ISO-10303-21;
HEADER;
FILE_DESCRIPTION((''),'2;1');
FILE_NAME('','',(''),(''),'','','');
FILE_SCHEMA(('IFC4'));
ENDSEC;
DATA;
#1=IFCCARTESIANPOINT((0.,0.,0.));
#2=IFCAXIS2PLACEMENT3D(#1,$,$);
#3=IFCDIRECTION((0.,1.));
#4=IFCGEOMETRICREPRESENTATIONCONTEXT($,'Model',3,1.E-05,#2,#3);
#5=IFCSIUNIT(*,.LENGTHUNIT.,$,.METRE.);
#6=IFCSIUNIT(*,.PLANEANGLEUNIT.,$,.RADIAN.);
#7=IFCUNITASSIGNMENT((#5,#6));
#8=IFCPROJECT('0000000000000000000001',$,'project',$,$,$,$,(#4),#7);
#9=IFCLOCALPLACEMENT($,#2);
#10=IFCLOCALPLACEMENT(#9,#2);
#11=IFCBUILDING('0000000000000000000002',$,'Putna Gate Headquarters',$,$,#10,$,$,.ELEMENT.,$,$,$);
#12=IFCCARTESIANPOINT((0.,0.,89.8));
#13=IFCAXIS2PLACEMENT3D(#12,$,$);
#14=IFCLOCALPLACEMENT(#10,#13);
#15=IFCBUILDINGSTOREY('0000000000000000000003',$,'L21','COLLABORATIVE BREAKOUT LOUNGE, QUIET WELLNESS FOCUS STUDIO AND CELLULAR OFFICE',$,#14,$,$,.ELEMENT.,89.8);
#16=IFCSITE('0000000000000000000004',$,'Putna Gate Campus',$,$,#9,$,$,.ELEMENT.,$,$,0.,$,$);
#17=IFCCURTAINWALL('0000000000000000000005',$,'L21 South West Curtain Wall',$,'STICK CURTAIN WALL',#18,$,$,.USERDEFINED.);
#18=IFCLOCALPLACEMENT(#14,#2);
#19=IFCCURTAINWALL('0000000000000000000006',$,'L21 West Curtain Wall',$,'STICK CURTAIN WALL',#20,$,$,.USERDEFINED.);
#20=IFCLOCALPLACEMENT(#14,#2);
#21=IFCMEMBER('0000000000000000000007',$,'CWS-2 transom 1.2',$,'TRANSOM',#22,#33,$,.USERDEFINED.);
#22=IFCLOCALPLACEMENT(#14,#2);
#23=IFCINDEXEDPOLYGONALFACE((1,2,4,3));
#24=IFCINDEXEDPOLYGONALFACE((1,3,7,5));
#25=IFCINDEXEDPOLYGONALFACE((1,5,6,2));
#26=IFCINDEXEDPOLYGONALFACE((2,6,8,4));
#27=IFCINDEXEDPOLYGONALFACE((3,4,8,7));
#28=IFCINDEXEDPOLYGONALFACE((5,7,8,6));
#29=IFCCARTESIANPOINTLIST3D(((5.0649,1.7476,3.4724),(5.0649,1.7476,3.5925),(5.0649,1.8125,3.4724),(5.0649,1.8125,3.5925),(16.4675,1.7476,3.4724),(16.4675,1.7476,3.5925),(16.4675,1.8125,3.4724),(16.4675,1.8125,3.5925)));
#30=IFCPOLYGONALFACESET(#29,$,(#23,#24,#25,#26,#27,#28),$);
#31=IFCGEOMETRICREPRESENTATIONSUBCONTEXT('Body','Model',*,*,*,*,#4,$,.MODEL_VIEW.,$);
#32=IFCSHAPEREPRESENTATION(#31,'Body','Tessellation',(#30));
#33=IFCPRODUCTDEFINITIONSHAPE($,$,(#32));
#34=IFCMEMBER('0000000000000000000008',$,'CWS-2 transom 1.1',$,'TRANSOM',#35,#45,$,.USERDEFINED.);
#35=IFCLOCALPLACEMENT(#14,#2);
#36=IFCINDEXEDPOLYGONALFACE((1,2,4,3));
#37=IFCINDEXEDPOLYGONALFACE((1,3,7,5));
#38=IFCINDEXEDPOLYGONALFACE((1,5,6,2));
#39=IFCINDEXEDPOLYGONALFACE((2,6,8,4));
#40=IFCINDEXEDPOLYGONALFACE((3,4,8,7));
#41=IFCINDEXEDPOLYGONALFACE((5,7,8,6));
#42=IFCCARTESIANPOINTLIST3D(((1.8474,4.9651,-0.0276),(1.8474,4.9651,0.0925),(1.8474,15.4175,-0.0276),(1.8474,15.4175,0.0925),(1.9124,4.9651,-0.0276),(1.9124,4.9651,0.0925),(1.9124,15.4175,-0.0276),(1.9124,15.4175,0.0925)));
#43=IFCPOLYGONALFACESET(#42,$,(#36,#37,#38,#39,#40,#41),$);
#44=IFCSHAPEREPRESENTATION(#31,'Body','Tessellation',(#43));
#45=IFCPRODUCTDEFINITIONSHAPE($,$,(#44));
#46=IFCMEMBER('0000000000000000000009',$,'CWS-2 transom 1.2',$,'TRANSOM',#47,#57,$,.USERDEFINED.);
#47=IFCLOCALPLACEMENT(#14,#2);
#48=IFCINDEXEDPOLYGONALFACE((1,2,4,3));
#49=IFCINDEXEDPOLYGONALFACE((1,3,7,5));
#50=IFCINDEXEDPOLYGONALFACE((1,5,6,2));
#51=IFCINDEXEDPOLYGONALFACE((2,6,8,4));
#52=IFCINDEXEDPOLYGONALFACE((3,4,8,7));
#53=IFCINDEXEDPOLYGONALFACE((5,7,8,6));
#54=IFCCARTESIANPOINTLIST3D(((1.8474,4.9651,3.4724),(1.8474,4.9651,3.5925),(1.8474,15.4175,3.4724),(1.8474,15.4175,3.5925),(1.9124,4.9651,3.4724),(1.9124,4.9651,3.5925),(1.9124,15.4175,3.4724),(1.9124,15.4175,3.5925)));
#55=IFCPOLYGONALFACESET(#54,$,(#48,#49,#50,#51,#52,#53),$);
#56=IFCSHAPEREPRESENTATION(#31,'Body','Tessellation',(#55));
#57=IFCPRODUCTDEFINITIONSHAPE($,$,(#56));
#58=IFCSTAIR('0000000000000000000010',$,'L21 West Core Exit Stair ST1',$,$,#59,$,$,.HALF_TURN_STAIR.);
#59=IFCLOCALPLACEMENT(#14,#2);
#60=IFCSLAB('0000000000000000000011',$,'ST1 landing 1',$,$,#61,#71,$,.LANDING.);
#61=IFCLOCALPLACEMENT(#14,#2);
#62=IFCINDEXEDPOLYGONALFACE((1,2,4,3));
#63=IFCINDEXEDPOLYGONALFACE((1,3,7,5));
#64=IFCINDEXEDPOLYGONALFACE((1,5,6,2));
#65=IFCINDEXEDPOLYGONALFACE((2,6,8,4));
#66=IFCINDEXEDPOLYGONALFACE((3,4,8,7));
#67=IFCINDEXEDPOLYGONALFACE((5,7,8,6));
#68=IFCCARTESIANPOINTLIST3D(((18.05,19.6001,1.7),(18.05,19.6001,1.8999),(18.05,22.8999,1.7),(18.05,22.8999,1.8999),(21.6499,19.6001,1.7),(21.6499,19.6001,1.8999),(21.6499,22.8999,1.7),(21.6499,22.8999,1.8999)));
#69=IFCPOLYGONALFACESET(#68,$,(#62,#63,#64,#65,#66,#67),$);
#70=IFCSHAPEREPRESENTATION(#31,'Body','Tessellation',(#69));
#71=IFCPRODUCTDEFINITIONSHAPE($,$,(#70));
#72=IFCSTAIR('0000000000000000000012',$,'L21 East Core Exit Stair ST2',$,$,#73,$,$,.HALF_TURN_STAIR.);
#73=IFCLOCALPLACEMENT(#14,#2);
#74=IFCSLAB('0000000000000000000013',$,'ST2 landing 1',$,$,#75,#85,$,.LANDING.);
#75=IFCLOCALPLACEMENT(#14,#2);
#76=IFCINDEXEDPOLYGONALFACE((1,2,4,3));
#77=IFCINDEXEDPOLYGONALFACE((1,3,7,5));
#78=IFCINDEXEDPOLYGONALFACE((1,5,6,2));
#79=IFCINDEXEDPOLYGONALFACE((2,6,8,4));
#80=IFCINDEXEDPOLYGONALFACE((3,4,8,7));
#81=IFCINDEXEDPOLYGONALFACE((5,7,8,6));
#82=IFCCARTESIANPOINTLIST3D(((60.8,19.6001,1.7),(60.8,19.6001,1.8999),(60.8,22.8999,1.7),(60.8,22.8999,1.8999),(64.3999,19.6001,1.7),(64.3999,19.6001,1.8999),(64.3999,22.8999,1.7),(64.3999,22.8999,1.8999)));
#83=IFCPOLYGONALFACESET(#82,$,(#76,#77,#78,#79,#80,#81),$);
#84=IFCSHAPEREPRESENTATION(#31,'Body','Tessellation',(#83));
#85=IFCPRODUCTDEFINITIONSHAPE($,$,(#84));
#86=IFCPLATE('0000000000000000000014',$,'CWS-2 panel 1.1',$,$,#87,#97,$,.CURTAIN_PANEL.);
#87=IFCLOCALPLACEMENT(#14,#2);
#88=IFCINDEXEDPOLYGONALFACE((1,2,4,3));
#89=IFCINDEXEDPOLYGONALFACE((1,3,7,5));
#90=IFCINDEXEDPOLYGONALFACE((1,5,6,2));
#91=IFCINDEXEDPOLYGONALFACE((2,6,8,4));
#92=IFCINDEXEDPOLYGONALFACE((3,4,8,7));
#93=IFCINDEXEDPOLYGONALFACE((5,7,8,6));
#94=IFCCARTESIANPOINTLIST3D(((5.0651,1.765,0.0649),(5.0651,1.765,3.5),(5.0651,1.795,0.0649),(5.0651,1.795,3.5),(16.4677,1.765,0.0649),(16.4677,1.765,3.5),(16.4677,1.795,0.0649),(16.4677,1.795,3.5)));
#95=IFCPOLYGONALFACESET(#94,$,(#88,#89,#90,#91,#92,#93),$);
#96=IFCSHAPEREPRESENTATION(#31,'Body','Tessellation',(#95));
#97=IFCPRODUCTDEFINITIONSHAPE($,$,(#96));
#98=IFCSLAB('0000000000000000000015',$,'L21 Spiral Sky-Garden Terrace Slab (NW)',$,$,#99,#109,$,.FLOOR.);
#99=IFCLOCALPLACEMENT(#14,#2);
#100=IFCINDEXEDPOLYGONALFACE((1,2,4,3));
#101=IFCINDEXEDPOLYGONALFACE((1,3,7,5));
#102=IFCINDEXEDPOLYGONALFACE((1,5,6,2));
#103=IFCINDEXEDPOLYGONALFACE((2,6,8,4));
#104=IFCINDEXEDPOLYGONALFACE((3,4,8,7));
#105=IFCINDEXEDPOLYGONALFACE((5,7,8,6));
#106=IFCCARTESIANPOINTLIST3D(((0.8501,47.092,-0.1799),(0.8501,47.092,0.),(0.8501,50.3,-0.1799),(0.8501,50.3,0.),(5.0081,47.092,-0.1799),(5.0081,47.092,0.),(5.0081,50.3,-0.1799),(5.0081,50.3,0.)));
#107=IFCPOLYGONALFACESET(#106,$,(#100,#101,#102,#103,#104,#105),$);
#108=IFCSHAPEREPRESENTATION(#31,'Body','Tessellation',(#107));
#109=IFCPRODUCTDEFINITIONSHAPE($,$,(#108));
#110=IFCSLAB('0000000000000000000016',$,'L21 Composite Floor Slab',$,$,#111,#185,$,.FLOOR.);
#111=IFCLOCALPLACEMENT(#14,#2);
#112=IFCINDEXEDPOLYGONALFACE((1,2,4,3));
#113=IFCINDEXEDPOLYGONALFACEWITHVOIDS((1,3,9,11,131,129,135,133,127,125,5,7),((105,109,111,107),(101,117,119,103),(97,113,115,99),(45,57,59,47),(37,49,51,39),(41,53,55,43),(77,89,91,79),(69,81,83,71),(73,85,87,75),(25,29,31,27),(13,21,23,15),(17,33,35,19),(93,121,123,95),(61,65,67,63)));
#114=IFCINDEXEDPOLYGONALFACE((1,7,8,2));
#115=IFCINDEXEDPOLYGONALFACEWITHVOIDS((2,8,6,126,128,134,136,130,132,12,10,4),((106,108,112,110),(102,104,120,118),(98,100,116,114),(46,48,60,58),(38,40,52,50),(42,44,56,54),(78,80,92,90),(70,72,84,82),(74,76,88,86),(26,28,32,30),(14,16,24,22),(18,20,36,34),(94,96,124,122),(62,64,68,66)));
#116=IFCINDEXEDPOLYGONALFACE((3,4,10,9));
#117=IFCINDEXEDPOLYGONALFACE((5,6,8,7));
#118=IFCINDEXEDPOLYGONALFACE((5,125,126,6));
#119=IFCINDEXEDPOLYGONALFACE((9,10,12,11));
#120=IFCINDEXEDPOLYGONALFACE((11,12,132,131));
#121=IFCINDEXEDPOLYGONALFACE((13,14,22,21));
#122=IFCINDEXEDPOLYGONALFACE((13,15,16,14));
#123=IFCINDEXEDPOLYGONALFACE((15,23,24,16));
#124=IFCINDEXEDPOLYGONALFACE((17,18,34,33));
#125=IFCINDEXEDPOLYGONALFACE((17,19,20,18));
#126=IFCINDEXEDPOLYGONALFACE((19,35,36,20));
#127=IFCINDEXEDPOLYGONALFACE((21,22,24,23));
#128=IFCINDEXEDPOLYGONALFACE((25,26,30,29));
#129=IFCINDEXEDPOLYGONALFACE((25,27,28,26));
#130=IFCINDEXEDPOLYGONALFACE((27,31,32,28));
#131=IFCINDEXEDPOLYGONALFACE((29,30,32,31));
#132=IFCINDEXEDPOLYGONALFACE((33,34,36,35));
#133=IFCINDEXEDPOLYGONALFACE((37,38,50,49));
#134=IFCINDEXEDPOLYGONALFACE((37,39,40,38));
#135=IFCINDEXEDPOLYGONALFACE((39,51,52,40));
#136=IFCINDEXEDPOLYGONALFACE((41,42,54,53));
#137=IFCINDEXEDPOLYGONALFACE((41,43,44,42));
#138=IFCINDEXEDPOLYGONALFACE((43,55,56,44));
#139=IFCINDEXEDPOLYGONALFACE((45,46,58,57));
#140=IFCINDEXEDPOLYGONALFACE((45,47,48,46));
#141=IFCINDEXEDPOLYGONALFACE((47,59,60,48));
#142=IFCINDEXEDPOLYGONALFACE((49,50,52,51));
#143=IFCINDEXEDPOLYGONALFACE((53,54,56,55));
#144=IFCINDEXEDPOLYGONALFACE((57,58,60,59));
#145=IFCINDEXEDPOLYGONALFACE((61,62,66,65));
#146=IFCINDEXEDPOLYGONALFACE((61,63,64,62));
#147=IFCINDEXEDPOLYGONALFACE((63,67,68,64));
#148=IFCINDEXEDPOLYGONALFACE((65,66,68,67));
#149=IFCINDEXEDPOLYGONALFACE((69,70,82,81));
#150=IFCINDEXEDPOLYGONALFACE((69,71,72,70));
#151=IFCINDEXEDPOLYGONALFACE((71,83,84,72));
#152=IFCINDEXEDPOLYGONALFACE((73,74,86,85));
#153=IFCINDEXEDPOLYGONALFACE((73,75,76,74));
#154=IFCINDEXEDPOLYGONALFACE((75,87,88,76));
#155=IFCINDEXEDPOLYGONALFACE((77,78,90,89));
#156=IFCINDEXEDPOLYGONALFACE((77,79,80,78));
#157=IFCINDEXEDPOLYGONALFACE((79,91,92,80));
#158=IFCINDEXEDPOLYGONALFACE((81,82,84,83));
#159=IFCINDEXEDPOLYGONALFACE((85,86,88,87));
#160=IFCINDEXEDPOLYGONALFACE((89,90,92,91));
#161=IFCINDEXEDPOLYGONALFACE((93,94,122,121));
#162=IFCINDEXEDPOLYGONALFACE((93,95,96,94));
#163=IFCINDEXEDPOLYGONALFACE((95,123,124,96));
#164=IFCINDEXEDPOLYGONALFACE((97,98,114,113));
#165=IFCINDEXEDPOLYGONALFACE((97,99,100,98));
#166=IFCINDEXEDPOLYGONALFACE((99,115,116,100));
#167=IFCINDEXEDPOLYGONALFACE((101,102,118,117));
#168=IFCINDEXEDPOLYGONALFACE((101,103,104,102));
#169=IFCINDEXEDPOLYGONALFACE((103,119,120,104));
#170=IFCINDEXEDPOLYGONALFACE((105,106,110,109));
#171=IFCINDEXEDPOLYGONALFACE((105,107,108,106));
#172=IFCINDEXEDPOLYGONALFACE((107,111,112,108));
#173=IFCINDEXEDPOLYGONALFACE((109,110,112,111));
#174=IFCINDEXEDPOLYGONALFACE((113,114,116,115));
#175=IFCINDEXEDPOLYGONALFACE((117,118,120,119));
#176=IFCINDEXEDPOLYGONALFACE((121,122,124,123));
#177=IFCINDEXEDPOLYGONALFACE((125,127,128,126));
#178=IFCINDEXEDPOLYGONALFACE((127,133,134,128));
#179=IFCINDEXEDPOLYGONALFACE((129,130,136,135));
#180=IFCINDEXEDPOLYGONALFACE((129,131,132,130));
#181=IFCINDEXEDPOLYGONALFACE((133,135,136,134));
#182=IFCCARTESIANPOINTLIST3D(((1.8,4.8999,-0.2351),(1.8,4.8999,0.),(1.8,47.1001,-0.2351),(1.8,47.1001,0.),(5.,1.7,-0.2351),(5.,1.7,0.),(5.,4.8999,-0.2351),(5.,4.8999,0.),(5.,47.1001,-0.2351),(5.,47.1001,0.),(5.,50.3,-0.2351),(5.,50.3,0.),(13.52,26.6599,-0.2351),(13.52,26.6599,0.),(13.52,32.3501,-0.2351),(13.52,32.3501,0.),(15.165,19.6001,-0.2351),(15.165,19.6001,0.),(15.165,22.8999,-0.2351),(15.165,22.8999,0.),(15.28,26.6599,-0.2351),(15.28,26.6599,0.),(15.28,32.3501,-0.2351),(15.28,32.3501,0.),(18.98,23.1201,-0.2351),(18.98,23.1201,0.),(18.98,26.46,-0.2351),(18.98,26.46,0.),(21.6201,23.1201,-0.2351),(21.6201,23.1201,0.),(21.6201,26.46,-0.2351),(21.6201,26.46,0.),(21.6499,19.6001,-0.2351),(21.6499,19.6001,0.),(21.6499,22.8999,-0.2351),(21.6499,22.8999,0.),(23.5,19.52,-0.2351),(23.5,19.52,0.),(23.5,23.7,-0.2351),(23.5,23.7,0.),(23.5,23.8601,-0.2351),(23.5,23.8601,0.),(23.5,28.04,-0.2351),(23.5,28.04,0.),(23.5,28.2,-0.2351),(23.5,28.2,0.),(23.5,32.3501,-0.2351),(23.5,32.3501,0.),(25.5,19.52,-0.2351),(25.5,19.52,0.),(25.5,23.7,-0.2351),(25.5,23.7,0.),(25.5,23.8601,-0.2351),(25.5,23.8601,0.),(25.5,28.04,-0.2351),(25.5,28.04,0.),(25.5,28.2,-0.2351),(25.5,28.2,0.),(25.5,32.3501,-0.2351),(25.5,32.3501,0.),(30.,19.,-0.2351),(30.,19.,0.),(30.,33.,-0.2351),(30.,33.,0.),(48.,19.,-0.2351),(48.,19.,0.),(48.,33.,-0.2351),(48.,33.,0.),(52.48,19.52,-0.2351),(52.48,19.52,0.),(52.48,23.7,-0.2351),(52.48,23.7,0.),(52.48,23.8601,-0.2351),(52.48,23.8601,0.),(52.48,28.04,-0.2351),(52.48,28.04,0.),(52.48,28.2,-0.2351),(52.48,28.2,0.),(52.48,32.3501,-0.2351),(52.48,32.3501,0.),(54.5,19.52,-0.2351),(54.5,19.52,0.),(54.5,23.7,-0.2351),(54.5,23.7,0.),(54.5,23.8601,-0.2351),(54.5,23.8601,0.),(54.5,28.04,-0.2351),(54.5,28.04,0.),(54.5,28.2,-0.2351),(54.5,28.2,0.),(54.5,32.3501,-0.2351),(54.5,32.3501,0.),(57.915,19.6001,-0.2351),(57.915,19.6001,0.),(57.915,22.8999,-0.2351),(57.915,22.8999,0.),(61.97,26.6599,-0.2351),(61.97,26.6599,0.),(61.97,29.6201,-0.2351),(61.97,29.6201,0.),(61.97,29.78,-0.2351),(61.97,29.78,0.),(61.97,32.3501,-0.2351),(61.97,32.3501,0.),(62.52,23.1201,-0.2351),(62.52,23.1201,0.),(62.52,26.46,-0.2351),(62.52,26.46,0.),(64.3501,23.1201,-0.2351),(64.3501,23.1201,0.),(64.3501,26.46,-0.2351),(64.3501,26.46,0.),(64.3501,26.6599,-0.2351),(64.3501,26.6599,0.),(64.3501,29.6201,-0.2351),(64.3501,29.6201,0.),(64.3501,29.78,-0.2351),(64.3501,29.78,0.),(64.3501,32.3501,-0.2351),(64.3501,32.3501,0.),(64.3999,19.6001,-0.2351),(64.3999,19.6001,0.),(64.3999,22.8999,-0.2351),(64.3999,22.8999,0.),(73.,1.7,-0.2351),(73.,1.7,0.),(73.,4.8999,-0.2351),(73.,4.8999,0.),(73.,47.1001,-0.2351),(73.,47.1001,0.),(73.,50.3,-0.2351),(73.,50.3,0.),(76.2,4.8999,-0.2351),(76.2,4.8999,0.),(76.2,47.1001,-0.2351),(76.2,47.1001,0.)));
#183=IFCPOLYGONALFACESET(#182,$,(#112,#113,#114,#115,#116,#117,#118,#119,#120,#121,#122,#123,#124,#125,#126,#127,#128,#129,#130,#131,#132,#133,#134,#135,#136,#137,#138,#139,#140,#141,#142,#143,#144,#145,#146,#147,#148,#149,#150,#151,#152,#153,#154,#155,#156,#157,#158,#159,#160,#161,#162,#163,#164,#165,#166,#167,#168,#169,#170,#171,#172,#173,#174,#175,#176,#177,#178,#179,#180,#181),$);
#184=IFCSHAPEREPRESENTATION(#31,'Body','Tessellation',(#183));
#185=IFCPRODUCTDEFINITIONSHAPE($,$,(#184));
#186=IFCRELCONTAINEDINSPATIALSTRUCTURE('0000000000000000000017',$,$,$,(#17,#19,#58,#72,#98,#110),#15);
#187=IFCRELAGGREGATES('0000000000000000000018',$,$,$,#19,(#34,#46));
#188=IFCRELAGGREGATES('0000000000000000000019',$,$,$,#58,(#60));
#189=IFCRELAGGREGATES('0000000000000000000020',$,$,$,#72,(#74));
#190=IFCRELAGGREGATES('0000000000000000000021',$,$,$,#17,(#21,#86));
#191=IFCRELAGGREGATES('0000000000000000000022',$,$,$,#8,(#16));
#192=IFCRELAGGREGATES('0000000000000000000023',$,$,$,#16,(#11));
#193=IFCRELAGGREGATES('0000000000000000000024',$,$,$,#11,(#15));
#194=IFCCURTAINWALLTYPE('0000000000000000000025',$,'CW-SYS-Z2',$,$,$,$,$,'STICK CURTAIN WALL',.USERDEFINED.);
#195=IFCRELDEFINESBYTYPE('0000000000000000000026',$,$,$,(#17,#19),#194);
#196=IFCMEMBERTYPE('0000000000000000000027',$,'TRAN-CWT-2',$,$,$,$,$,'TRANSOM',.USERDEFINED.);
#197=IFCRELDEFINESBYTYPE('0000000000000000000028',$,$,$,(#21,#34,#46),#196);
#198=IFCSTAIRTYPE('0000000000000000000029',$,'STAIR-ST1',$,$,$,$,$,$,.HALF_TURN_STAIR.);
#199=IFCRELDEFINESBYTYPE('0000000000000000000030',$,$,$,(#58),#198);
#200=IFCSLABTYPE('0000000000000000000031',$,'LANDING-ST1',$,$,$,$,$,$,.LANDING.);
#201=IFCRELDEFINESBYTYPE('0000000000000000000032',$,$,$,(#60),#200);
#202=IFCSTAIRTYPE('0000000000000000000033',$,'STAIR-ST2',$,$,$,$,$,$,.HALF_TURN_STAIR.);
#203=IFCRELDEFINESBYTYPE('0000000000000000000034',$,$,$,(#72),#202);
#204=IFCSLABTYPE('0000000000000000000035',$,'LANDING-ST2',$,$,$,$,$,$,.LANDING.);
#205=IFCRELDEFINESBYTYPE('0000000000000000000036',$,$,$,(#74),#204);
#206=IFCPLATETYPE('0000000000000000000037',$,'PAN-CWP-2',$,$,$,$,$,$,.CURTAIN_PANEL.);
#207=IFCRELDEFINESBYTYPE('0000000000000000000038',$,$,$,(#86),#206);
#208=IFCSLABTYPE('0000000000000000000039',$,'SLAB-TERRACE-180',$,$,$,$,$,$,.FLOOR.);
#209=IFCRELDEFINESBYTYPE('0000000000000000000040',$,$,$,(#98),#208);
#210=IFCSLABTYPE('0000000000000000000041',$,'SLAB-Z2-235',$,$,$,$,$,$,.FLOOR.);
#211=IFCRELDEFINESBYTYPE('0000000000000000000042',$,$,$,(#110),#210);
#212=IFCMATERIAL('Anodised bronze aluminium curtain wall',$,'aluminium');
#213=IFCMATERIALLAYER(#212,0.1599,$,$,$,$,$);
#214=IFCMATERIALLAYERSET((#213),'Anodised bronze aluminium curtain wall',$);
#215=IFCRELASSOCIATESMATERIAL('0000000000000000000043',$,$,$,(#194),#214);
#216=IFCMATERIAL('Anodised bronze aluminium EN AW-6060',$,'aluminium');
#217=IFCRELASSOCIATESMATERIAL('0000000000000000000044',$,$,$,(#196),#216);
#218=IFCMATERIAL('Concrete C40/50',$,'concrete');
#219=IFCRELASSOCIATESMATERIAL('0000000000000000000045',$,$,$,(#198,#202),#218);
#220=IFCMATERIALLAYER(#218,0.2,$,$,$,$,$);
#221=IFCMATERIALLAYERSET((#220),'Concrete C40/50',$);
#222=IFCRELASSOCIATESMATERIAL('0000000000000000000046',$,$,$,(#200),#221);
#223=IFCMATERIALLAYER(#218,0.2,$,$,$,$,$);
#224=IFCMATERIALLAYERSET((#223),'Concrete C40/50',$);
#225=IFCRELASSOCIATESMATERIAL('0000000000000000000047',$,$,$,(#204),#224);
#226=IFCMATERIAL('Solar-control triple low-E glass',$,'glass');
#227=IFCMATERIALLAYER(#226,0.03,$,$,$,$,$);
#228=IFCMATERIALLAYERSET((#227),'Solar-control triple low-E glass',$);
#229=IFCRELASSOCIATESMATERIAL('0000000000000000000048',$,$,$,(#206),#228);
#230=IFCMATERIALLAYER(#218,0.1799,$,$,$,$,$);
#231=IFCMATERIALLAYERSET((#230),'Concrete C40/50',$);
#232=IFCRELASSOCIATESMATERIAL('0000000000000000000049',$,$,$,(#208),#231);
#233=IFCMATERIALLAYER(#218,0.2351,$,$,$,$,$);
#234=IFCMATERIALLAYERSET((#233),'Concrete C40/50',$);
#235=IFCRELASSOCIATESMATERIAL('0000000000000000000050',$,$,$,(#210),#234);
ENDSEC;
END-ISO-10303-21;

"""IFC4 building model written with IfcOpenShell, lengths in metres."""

from ifc_helpers import new_model, si_unit, direction, frame, origin, origin_2d, place, context, subcontext, project, spatial, polyline, rectangle, outline, extrude, material, layer, layer_set, material_profile, profile_set, type_object, element, aggregate, save


model = new_model("IFC4")

# Units and contexts
model_context = context("Model", 3, precision=1e-05, world=origin(), true_north=direction((0.0, 1.0)))
body_context = subcontext(model_context, "Body", "Model", "MODEL_VIEW")
ifc_project = project(units=[si_unit("LENGTHUNIT", "METRE"), si_unit("PLANEANGLEUNIT", "RADIAN")], contexts=[model_context])

# Site, building, storey
site_placement = place(None, origin())
site = spatial("IfcSite", under=ifc_project, at=site_placement, Name="Putna Gate Campus", CompositionType="ELEMENT", RefElevation=0.0)
building_placement = place(site_placement, origin())
building = spatial("IfcBuilding", under=site, at=building_placement, Name="Putna Gate Headquarters", CompositionType="ELEMENT")
storey_placement = place(building_placement, frame((0.0, 0.0, 89.8)))
storey = spatial("IfcBuildingStorey", under=building, at=storey_placement, Name="L21", Description="COLLABORATIVE BREAKOUT LOUNGE, QUIET WELLNESS FOCUS STUDIO AND CELLULAR OFFICE", CompositionType="ELEMENT", Elevation=89.8)

# Curtain walls
ifc_material_1 = material(Name="Anodised bronze aluminium curtain wall", Category="aluminium")
ifc_layer_1 = layer(ifc_material_1, 0.1599)
ifc_layer_set_1 = layer_set([ifc_layer_1], Name="Anodised bronze aluminium curtain wall")
curtain_wall_type = type_object("IfcCurtainWallType", Name="CW-SYS-Z2", ElementType="STICK CURTAIN WALL", PredefinedType="USERDEFINED", material=ifc_layer_set_1)
curtain_wall_1_placement = place(storey_placement, origin())
curtain_wall_1 = element("IfcCurtainWall", 1, at=curtain_wall_1_placement, inside=storey, type_object=curtain_wall_type, Name="L21 South West Curtain Wall", ObjectType="STICK CURTAIN WALL", PredefinedType="USERDEFINED")
ifc_material_2 = material(Name="Anodised bronze aluminium EN AW-6060", Category="aluminium")
curtain_wall_2_placement = place(storey_placement, origin())
curtain_wall_2 = element("IfcCurtainWall", 2, at=curtain_wall_2_placement, inside=storey, type_object=curtain_wall_type, Name="L21 West Curtain Wall", ObjectType="STICK CURTAIN WALL", PredefinedType="USERDEFINED")

# Members
ifc_material_profile_1 = material_profile(ifc_material_2, rectangle(XDim=0.0649, YDim=0.1201, at=origin_2d()), Name="Anodised bronze aluminium EN AW-6060")
ifc_profile_set_1 = profile_set([ifc_material_profile_1], Name="Anodised bronze aluminium EN AW-6060")
member_type_1 = type_object("IfcMemberType", Name="TRAN-CWT-2", ElementType="TRANSOM", PredefinedType="USERDEFINED", material=ifc_profile_set_1)
member_1_placement = place(storey_placement, frame((5.0649, 1.78, 3.5325), z_axis=(1.0, 0.0, 0.0), x_axis=(0.0, 1.0, 0.0)))
member_1 = element("IfcMember", 3, at=member_1_placement, type_object=member_type_1, Name="CWS-2 transom 1.2", ObjectType="TRANSOM", PredefinedType="USERDEFINED", context=body_context, shape_type="SweptSolid", body=[
    extrude(rectangle(XDim=0.0649, YDim=0.1201, at=origin_2d()), origin(), (0.0, 0.0, 1.0), 11.4026),
])
member_2_placement = place(storey_placement, frame((1.8799, 4.9651, 0.0325), z_axis=(0.0, 1.0, 0.0), x_axis=(-1.0, 0.0, 0.0)))
member_2 = element("IfcMember", 4, at=member_2_placement, type_object=member_type_1, Name="CWS-2 transom 1.1", ObjectType="TRANSOM", PredefinedType="USERDEFINED", context=body_context, shape_type="SweptSolid", body=[
    extrude(rectangle(XDim=0.0649, YDim=0.1201, at=origin_2d()), origin(), (0.0, 0.0, 1.0), 10.4524),
])
member_3_placement = place(storey_placement, frame((1.8799, 4.9651, 3.5325), z_axis=(0.0, 1.0, 0.0), x_axis=(-1.0, 0.0, 0.0)))
member_3 = element("IfcMember", 5, at=member_3_placement, type_object=member_type_1, Name="CWS-2 transom 1.2", ObjectType="TRANSOM", PredefinedType="USERDEFINED", context=body_context, shape_type="SweptSolid", body=[
    extrude(rectangle(XDim=0.0649, YDim=0.1201, at=origin_2d()), origin(), (0.0, 0.0, 1.0), 10.4524),
])
aggregate(curtain_wall_2, [member_2, member_3])

# Stairs, slabs
ifc_material_3 = material(Name="Concrete C40/50", Category="concrete")
stair_type_1 = type_object("IfcStairType", Name="STAIR-ST1", PredefinedType="HALF_TURN_STAIR", material=ifc_material_3)
stair_1_placement = place(storey_placement, origin())
stair_1 = element("IfcStair", 6, at=stair_1_placement, inside=storey, type_object=stair_type_1, Name="L21 West Core Exit Stair ST1", PredefinedType="HALF_TURN_STAIR")
ifc_layer_2 = layer(ifc_material_3, 0.2)
ifc_layer_set_2 = layer_set([ifc_layer_2], Name="Concrete C40/50")
slab_type_1 = type_object("IfcSlabType", Name="LANDING-ST1", PredefinedType="LANDING", material=ifc_layer_set_2)
slab_1_placement = place(storey_placement, frame((0.0, 0.0, 1.7)))
slab_1 = element("IfcSlab", 7, at=slab_1_placement, type_object=slab_type_1, Name="ST1 landing 1", PredefinedType="LANDING", context=body_context, shape_type="SweptSolid", body=[
    extrude(outline(polyline([(18.05, 19.6001), (21.6499, 19.6001), (21.6499, 22.8999), (18.05, 22.8999), (18.05, 19.6001)])), origin(), (0.0, 0.0, 1.0), 0.2),
])
aggregate(stair_1, [slab_1])
stair_type_2 = type_object("IfcStairType", Name="STAIR-ST2", PredefinedType="HALF_TURN_STAIR", material=ifc_material_3)
stair_2_placement = place(storey_placement, origin())
stair_2 = element("IfcStair", 8, at=stair_2_placement, inside=storey, type_object=stair_type_2, Name="L21 East Core Exit Stair ST2", PredefinedType="HALF_TURN_STAIR")
ifc_layer_3 = layer(ifc_material_3, 0.2)
ifc_layer_set_3 = layer_set([ifc_layer_3], Name="Concrete C40/50")
slab_type_2 = type_object("IfcSlabType", Name="LANDING-ST2", PredefinedType="LANDING", material=ifc_layer_set_3)
slab_2_placement = place(storey_placement, frame((0.0, 0.0, 1.7)))
slab_2 = element("IfcSlab", 9, at=slab_2_placement, type_object=slab_type_2, Name="ST2 landing 1", PredefinedType="LANDING", context=body_context, shape_type="SweptSolid", body=[
    extrude(outline(polyline([(60.8, 19.6001), (64.3999, 19.6001), (64.3999, 22.8999), (60.8, 22.8999), (60.8, 19.6001)])), origin(), (0.0, 0.0, 1.0), 0.2),
])
aggregate(stair_2, [slab_2])

# Plate
ifc_material_4 = material(Name="Solar-control triple low-E glass", Category="glass")
ifc_layer_4 = layer(ifc_material_4, 0.03)
ifc_layer_set_4 = layer_set([ifc_layer_4], Name="Solar-control triple low-E glass")
plate_type = type_object("IfcPlateType", Name="PAN-CWP-2", PredefinedType="CURTAIN_PANEL", material=ifc_layer_set_4)
plate_placement = place(storey_placement, frame((10.7664, 1.78, 0.0649), z_axis=(0.0, 0.0, 1.0), x_axis=(1.0, 0.0, 0.0)))
plate = element("IfcPlate", 10, at=plate_placement, type_object=plate_type, Name="CWS-2 panel 1.1", PredefinedType="CURTAIN_PANEL", context=body_context, shape_type="SweptSolid", body=[
    extrude(rectangle(XDim=11.4026, YDim=0.03, at=origin_2d()), origin(), (0.0, 0.0, 1.0), 3.4351),
])
aggregate(curtain_wall_1, [member_1, plate])

# Slabs
ifc_layer_5 = layer(ifc_material_3, 0.1799)
ifc_layer_set_5 = layer_set([ifc_layer_5], Name="Concrete C40/50")
slab_type_3 = type_object("IfcSlabType", Name="SLAB-TERRACE-180", PredefinedType="FLOOR", material=ifc_layer_set_5)
slab_3_placement = place(storey_placement, frame((0.0, 0.0, -0.1799)))
element("IfcSlab", 11, at=slab_3_placement, inside=storey, type_object=slab_type_3, Name="L21 Spiral Sky-Garden Terrace Slab (NW)", PredefinedType="FLOOR", context=body_context, shape_type="SweptSolid", body=[
    extrude(outline(polyline([(0.8501, 47.092), (5.0081, 47.092), (5.0081, 50.3), (0.8501, 50.3), (0.8501, 47.092)])), origin(), (0.0, 0.0, 1.0), 0.1799),
])
ifc_layer_6 = layer(ifc_material_3, 0.2351)
ifc_layer_set_6 = layer_set([ifc_layer_6], Name="Concrete C40/50")
slab_type_4 = type_object("IfcSlabType", Name="SLAB-Z2-235", PredefinedType="FLOOR", material=ifc_layer_set_6)
slab_4_placement = place(storey_placement, frame((0.0, 0.0, -0.2351)))
element("IfcSlab", 12, at=slab_4_placement, inside=storey, type_object=slab_type_4, Name="L21 Composite Floor Slab", PredefinedType="FLOOR", context=body_context, shape_type="SweptSolid", body=[
    extrude(outline(polyline([(5.0, 1.7), (73.0, 1.7), (73.0, 4.8999), (76.2, 4.8999), (76.2, 47.1001), (73.0, 47.1001), (73.0, 50.3), (5.0, 50.3), (5.0, 47.1001), (1.8, 47.1001), (1.8, 4.8999), (5.0, 4.8999), (5.0, 1.7)]), holes=[polyline([(15.165, 19.6001), (21.6499, 19.6001), (21.6499, 22.8999), (15.165, 22.8999), (15.165, 19.6001)]), polyline([(57.915, 19.6001), (64.3999, 19.6001), (64.3999, 22.8999), (57.915, 22.8999), (57.915, 19.6001)]), polyline([(13.52, 26.6599), (15.28, 26.6599), (15.28, 32.3501), (13.52, 32.3501), (13.52, 26.6599)]), polyline([(61.97, 29.78), (64.3501, 29.78), (64.3501, 32.3501), (61.97, 32.3501), (61.97, 29.78)]), polyline([(18.98, 23.1201), (21.6201, 23.1201), (21.6201, 26.46), (18.98, 26.46), (18.98, 23.1201)]), polyline([(62.52, 23.1201), (64.3501, 23.1201), (64.3501, 26.46), (62.52, 26.46), (62.52, 23.1201)]), polyline([(61.97, 26.6599), (64.3501, 26.6599), (64.3501, 29.6201), (61.97, 29.6201), (61.97, 26.6599)]), polyline([(23.5, 19.52), (25.5, 19.52), (25.5, 23.7), (23.5, 23.7), (23.5, 19.52)]), polyline([(52.48, 19.52), (54.5, 19.52), (54.5, 23.7), (52.48, 23.7), (52.48, 19.52)]), polyline([(23.5, 23.8601), (25.5, 23.8601), (25.5, 28.04), (23.5, 28.04), (23.5, 23.8601)]), polyline([(52.48, 23.8601), (54.5, 23.8601), (54.5, 28.04), (52.48, 28.04), (52.48, 23.8601)]), polyline([(23.5, 28.2), (25.5, 28.2), (25.5, 32.3501), (23.5, 32.3501), (23.5, 28.2)]), polyline([(52.48, 28.2), (54.5, 28.2), (54.5, 32.3501), (52.48, 32.3501), (52.48, 28.2)]), polyline([(30.0, 19.0), (48.0, 19.0), (48.0, 33.0), (30.0, 33.0), (30.0, 19.0)])]), origin(), (0.0, 0.0, 1.0), 0.2351),
])

save(model, "model.ifc")
